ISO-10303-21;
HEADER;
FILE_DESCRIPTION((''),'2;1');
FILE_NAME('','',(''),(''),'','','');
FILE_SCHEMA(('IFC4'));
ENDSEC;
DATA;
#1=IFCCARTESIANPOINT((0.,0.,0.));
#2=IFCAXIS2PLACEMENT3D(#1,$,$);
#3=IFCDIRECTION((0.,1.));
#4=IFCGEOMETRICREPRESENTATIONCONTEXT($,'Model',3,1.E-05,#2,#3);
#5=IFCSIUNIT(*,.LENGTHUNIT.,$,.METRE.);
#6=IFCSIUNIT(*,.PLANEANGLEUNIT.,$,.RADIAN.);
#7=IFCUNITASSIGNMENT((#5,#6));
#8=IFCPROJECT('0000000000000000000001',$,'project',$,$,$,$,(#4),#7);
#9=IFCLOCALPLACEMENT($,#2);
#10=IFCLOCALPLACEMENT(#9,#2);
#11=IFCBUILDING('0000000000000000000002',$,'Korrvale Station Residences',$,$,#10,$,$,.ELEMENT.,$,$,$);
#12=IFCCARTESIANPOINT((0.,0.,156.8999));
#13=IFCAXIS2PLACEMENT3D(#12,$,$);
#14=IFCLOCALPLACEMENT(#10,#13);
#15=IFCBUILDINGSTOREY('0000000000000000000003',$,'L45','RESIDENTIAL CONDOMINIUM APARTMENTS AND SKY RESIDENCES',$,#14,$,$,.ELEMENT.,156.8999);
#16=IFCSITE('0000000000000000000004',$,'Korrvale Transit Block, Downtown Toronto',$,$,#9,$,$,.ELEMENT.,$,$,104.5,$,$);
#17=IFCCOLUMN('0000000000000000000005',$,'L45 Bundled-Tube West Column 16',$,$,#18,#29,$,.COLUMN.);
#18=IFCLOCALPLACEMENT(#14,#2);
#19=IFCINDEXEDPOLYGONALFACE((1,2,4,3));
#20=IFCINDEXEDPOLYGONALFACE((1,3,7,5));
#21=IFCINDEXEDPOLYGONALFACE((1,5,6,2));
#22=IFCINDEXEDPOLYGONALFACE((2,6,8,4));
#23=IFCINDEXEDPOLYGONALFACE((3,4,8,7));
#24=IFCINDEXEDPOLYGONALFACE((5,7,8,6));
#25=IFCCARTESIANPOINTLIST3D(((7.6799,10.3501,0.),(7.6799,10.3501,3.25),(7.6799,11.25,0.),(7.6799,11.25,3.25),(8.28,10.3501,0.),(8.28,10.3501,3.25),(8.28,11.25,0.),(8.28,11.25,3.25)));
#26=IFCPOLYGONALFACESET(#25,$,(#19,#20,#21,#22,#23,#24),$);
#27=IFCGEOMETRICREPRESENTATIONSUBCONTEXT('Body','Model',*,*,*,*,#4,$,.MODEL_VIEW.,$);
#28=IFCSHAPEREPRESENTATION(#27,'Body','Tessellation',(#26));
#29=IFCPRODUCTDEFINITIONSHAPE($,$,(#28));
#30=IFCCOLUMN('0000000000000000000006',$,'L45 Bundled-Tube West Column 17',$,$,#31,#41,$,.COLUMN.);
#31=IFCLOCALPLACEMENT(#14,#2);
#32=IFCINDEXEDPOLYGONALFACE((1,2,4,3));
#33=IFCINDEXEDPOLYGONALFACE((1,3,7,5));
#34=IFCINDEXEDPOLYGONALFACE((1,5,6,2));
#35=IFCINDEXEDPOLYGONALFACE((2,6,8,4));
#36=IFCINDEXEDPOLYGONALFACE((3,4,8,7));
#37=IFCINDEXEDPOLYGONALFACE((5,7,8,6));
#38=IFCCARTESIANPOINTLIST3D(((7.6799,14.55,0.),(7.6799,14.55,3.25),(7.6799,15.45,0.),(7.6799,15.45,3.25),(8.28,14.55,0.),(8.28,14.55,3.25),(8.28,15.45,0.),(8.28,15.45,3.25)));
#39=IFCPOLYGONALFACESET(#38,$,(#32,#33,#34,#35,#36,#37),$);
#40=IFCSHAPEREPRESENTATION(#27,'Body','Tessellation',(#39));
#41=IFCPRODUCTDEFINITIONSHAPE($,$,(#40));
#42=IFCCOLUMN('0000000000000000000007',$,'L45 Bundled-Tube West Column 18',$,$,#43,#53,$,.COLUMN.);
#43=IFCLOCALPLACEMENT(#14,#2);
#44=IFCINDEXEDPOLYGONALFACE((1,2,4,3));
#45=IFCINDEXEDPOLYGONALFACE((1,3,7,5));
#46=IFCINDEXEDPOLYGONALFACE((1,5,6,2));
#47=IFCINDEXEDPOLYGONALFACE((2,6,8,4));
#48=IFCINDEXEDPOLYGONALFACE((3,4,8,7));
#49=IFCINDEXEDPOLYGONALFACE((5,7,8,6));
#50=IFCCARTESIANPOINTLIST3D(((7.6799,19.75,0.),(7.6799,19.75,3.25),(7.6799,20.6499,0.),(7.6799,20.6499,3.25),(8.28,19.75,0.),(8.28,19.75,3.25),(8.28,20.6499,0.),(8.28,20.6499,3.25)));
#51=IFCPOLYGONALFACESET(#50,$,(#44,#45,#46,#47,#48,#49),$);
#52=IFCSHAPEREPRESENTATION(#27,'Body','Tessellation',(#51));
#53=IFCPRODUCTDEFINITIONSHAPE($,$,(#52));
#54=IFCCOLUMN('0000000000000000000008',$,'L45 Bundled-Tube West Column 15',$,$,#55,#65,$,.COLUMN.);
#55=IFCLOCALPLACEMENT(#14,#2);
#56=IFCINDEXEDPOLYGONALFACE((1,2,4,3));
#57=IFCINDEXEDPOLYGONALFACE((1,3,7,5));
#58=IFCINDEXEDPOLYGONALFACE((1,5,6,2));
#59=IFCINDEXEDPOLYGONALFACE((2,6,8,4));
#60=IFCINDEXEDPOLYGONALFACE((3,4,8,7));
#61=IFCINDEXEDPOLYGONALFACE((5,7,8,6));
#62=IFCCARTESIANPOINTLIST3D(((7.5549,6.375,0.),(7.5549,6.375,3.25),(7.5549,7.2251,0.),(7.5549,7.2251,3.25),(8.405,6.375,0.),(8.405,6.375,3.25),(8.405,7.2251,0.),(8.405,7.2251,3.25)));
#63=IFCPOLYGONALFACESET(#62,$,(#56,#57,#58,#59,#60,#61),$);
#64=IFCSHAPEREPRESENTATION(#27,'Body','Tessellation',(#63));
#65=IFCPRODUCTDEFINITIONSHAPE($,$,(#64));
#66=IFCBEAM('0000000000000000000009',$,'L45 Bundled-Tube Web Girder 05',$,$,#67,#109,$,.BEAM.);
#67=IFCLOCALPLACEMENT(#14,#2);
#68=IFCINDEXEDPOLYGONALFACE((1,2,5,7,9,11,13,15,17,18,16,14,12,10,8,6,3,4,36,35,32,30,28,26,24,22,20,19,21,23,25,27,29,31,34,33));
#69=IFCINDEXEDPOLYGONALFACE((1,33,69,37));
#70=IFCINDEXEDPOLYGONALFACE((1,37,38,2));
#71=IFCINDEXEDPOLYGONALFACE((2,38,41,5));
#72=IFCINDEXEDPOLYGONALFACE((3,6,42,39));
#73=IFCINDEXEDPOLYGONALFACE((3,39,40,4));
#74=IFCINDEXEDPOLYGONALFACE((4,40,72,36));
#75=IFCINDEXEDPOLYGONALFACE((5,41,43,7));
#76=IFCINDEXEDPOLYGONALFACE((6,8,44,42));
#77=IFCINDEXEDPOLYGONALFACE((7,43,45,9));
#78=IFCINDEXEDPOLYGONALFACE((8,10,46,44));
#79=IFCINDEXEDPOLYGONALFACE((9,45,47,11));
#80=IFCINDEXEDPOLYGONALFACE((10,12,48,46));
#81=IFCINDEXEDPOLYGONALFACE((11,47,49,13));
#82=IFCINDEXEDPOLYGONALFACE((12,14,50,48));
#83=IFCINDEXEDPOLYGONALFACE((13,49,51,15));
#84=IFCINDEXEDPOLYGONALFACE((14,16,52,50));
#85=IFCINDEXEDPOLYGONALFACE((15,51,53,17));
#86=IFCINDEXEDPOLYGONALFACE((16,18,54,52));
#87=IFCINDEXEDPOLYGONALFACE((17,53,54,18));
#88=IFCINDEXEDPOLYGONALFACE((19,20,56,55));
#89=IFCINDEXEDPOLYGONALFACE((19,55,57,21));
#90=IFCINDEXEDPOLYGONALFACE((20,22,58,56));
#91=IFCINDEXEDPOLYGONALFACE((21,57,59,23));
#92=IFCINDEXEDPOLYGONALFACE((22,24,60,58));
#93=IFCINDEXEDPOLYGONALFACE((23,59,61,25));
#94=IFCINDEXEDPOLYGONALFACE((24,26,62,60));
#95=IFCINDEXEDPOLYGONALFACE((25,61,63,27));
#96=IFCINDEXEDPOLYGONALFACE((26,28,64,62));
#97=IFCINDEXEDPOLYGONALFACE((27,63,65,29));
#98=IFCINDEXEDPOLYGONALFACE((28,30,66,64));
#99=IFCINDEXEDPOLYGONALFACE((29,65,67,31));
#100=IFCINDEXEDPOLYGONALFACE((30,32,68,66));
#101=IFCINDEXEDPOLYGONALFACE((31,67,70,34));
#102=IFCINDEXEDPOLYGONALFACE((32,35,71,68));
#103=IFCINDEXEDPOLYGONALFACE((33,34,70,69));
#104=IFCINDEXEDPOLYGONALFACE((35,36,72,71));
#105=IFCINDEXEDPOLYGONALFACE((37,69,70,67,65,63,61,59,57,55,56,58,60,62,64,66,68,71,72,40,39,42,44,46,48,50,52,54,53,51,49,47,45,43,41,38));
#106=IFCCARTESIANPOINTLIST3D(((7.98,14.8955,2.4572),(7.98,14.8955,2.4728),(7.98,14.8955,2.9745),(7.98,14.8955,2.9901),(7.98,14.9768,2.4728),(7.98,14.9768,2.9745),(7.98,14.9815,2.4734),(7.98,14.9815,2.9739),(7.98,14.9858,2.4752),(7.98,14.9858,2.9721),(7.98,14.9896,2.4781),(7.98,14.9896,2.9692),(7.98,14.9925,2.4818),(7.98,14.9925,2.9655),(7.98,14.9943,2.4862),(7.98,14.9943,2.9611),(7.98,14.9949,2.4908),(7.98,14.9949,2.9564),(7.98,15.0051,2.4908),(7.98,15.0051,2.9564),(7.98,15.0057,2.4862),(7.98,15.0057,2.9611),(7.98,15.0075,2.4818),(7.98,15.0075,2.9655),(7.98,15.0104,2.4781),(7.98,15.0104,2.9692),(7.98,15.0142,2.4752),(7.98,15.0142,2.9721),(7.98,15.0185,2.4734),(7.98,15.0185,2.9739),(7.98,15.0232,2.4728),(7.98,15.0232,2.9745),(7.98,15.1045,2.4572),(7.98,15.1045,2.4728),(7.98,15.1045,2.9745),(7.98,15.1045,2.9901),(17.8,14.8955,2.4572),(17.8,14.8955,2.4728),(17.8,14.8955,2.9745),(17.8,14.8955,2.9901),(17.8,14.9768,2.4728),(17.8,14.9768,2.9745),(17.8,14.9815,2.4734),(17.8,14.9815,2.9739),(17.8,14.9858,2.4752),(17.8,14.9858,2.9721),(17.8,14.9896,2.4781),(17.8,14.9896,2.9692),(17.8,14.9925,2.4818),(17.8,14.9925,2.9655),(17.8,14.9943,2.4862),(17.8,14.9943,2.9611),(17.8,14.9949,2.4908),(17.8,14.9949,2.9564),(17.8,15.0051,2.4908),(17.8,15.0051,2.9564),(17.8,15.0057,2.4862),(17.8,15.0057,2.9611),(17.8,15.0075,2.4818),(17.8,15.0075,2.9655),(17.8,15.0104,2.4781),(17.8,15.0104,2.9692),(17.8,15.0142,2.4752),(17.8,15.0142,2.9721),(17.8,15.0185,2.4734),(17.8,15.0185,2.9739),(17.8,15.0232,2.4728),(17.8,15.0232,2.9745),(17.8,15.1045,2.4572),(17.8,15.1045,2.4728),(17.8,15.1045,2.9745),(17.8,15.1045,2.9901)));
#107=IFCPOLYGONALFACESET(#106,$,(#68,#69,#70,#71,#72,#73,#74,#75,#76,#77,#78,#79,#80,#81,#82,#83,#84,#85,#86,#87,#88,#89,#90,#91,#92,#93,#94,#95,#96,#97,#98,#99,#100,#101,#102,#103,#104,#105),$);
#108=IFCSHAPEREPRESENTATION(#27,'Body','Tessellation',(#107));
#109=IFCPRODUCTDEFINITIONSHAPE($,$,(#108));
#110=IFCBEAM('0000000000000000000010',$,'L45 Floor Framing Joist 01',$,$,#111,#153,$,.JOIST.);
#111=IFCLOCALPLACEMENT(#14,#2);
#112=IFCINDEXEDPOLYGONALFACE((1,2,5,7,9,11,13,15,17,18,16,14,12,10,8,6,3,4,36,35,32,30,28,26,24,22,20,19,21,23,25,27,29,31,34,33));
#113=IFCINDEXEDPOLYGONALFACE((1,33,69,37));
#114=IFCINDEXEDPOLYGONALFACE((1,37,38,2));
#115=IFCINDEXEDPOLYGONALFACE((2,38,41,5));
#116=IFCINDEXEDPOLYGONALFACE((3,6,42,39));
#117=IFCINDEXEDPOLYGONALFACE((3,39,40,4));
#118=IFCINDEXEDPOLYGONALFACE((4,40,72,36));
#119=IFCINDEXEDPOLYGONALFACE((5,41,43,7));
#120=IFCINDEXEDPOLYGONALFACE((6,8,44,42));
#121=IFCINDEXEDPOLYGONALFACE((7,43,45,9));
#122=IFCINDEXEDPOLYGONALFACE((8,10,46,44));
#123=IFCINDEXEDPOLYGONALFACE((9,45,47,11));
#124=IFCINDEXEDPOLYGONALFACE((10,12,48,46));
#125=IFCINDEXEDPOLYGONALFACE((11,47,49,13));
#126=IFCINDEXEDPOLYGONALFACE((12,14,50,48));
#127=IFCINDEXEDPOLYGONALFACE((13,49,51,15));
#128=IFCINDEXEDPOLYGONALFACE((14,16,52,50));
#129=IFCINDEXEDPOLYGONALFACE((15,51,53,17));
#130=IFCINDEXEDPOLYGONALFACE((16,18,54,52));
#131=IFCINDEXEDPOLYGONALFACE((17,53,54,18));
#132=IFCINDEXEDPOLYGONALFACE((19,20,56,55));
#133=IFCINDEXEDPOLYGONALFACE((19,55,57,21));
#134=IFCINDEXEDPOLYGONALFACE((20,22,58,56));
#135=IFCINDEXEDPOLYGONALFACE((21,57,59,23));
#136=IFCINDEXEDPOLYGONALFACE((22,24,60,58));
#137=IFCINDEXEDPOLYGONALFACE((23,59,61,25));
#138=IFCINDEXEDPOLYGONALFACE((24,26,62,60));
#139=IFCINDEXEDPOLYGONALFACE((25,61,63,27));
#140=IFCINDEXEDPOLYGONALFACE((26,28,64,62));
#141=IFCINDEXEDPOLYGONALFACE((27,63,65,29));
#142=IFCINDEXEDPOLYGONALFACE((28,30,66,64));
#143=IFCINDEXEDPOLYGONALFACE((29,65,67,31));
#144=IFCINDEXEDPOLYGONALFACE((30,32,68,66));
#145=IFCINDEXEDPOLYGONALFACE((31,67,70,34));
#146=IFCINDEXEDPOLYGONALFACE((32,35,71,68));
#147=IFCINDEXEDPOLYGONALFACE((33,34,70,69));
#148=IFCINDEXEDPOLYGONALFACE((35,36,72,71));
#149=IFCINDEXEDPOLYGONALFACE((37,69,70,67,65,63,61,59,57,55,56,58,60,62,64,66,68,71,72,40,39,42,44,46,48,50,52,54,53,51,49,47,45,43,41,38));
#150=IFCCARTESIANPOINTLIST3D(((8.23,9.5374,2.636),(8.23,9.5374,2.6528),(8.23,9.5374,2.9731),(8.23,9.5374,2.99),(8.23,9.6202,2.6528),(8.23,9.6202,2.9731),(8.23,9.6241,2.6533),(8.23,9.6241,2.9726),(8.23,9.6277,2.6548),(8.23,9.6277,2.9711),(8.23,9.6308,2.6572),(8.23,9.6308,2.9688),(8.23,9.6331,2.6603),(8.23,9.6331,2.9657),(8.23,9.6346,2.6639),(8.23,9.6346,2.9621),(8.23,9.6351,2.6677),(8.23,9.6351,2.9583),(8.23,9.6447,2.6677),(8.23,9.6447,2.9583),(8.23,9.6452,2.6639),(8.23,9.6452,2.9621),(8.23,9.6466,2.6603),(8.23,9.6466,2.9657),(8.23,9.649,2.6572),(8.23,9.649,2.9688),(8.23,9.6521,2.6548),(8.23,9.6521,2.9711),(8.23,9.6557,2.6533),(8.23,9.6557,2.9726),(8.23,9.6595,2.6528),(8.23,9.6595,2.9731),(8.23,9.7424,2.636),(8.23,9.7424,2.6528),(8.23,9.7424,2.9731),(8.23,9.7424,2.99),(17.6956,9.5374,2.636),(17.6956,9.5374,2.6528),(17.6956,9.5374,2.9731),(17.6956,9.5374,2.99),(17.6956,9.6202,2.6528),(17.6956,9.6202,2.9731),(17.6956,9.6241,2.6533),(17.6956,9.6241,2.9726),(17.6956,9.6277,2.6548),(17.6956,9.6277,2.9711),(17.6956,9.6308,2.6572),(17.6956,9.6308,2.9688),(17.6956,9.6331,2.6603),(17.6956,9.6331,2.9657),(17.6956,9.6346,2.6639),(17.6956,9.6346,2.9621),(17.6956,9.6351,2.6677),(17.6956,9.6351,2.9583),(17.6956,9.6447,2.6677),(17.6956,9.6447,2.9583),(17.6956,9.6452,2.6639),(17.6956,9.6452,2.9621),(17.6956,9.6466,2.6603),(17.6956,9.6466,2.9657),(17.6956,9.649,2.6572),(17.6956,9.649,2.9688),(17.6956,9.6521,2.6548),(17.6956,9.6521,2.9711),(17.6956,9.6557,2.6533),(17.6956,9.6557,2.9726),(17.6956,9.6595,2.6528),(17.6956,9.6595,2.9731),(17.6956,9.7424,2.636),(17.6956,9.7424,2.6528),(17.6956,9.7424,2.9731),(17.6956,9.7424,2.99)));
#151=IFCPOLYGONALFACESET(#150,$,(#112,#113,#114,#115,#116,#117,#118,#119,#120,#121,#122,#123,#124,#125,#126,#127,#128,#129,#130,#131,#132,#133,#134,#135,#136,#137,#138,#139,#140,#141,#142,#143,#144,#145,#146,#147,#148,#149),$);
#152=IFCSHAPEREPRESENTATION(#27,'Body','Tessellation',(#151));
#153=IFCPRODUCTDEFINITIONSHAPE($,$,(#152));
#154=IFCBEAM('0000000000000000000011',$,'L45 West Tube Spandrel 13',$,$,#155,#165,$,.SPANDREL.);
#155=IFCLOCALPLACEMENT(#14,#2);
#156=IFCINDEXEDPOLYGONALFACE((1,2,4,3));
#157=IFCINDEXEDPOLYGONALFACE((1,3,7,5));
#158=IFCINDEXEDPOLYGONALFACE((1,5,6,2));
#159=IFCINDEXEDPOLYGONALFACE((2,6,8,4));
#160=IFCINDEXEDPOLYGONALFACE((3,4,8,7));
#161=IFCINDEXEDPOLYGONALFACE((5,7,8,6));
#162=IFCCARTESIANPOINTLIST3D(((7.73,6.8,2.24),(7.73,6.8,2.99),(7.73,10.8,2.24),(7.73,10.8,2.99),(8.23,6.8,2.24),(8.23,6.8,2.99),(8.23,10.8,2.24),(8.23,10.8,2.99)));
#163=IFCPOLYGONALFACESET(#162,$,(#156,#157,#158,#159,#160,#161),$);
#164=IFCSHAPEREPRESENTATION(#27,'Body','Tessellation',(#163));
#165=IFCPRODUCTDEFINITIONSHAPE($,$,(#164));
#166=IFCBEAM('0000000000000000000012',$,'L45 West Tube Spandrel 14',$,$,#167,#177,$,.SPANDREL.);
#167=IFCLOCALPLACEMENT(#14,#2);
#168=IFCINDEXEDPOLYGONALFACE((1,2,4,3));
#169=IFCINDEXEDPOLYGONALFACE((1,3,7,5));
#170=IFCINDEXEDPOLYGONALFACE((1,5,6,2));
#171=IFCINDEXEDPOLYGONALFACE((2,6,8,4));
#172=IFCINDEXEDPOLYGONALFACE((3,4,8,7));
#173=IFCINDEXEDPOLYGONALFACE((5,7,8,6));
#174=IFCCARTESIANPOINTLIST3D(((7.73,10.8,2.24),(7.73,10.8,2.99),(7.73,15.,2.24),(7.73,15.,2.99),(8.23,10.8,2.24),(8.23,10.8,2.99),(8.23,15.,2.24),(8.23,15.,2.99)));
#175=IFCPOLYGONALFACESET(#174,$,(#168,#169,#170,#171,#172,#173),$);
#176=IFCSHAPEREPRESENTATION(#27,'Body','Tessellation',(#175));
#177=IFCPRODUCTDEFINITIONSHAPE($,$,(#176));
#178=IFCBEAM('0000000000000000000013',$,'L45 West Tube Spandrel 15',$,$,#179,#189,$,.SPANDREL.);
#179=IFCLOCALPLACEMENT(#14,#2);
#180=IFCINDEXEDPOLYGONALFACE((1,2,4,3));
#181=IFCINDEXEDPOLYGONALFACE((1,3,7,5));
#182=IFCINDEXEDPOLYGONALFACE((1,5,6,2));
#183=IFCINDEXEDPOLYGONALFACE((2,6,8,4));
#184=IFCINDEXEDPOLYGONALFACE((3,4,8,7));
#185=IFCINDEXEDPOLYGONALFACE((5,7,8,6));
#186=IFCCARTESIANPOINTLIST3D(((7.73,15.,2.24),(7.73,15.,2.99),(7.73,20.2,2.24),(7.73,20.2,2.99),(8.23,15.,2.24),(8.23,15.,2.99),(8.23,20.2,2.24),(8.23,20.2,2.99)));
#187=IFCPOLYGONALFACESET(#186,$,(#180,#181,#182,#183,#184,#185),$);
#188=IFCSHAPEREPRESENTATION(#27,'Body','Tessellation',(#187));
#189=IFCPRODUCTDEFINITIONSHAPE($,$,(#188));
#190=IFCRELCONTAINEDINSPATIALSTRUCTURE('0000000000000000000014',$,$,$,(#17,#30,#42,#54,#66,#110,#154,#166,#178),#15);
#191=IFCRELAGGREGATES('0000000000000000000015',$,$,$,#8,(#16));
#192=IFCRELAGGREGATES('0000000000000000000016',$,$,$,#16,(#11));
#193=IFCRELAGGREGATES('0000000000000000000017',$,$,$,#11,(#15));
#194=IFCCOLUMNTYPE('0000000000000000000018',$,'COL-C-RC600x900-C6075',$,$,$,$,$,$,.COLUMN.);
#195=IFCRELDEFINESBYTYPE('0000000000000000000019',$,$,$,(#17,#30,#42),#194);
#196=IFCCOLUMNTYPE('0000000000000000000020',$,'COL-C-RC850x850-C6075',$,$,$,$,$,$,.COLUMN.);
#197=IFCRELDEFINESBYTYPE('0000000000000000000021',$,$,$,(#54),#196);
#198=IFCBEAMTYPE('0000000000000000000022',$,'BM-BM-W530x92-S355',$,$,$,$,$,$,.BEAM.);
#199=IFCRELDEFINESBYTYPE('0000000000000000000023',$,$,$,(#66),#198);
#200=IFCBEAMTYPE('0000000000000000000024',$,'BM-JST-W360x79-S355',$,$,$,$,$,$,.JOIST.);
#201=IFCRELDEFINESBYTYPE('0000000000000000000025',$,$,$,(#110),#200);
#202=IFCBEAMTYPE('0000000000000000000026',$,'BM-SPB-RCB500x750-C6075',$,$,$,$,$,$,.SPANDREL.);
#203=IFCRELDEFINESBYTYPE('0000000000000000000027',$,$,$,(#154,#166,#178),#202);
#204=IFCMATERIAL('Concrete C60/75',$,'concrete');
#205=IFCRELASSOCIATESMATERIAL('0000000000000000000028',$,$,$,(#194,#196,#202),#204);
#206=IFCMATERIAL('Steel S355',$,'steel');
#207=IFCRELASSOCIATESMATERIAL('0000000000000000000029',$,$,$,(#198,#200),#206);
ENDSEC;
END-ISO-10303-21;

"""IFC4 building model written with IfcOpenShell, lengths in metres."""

from ifc_helpers import new_model, si_unit, direction, frame, origin, origin_2d, place, context, subcontext, project, spatial, rectangle, i_section, extrude, material, material_profile, profile_set, type_object, element, save


model = new_model("IFC4")

# Units and contexts
model_context = context("Model", 3, precision=1e-05, world=origin(), true_north=direction((0.0, 1.0)))
body_context = subcontext(model_context, "Body", "Model", "MODEL_VIEW")
ifc_project = project(units=[si_unit("LENGTHUNIT", "METRE"), si_unit("PLANEANGLEUNIT", "RADIAN")], contexts=[model_context])

# Site, building, storey
site_placement = place(None, origin())
site = spatial("IfcSite", under=ifc_project, at=site_placement, Name="Korrvale Transit Block, Downtown Toronto", CompositionType="ELEMENT", RefElevation=104.5)
building_placement = place(site_placement, origin())
building = spatial("IfcBuilding", under=site, at=building_placement, Name="Korrvale Station Residences", CompositionType="ELEMENT")
storey_placement = place(building_placement, frame((0.0, 0.0, 156.8999)))
storey = spatial("IfcBuildingStorey", under=building, at=storey_placement, Name="L45", Description="RESIDENTIAL CONDOMINIUM APARTMENTS AND SKY RESIDENCES", CompositionType="ELEMENT", Elevation=156.8999)

# Columns
ifc_material_1 = material(Name="Concrete C60/75", Category="concrete")
ifc_material_profile_1 = material_profile(ifc_material_1, rectangle(XDim=0.6001, YDim=0.8999, at=origin_2d()), Name="RC600x900")
ifc_profile_set_1 = profile_set([ifc_material_profile_1], Name="Concrete C60/75")
column_type_1 = type_object("IfcColumnType", Name="COL-C-RC600x900-C6075", PredefinedType="COLUMN", material=ifc_profile_set_1)
for number, where, z_axis, x_axis, name in (
    (1, (7.98, 10.8, 0.0), (0.0, 0.0, 1.0), (1.0, 0.0, 0.0), "L45 Bundled-Tube West Column 16"),
    (2, (7.98, 15.0, 0.0), (0.0, 0.0, 1.0), (1.0, 0.0, 0.0), "L45 Bundled-Tube West Column 17"),
    (3, (7.98, 20.2, 0.0), (0.0, 0.0, 1.0), (1.0, 0.0, 0.0), "L45 Bundled-Tube West Column 18"),
):
    element("IfcColumn", number, at=place(storey_placement, frame(where, z_axis=z_axis, x_axis=x_axis)), inside=storey, type_object=column_type_1, Name=name, PredefinedType="COLUMN", context=body_context, shape_type="SweptSolid", body=[
        extrude(rectangle(XDim=0.6001, YDim=0.8999, at=origin_2d()), origin(), (0.0, 0.0, 1.0), 3.25),
    ])
ifc_material_profile_2 = material_profile(ifc_material_1, rectangle(XDim=0.8501, YDim=0.8501, at=origin_2d()), Name="RC850x850")
ifc_profile_set_2 = profile_set([ifc_material_profile_2], Name="Concrete C60/75")
column_type_2 = type_object("IfcColumnType", Name="COL-C-RC850x850-C6075", PredefinedType="COLUMN", material=ifc_profile_set_2)
column_placement = place(storey_placement, frame((7.98, 6.8, 0.0), z_axis=(0.0, 0.0, 1.0), x_axis=(1.0, 0.0, 0.0)))
element("IfcColumn", 4, at=column_placement, inside=storey, type_object=column_type_2, Name="L45 Bundled-Tube West Column 15", PredefinedType="COLUMN", context=body_context, shape_type="SweptSolid", body=[
    extrude(rectangle(XDim=0.8501, YDim=0.8501, at=origin_2d()), origin(), (0.0, 0.0, 1.0), 3.25),
])

# Beams
ifc_material_2 = material(Name="Steel S355", Category="steel")
ifc_material_profile_3 = material_profile(ifc_material_2, i_section(OverallWidth=0.209, OverallDepth=0.533, WebThickness=0.0103, FlangeThickness=0.0156, FilletRadius=0.0181, at=origin_2d()), Name="W530x92")
ifc_profile_set_3 = profile_set([ifc_material_profile_3], Name="Steel S355")
beam_type_1 = type_object("IfcBeamType", Name="BM-BM-W530x92-S355", PredefinedType="BEAM", material=ifc_profile_set_3)
beam_1_placement = place(storey_placement, frame((7.98, 15.0, 2.7236), z_axis=(1.0, 0.0, 0.0), x_axis=(0.0, 1.0, 0.0)))
element("IfcBeam", 5, at=beam_1_placement, inside=storey, type_object=beam_type_1, Name="L45 Bundled-Tube Web Girder 05", PredefinedType="BEAM", context=body_context, shape_type="SweptSolid", body=[
    extrude(i_section(OverallWidth=0.209, OverallDepth=0.533, WebThickness=0.0103, FlangeThickness=0.0156, FilletRadius=0.0181, at=origin_2d()), origin(), (0.0, 0.0, 1.0), 9.8201),
])
ifc_material_profile_4 = material_profile(ifc_material_2, i_section(OverallWidth=0.2051, OverallDepth=0.354, WebThickness=0.0095, FlangeThickness=0.0168, FilletRadius=0.0149, at=origin_2d()), Name="W360x79")
ifc_profile_set_4 = profile_set([ifc_material_profile_4], Name="Steel S355")
beam_type_2 = type_object("IfcBeamType", Name="BM-JST-W360x79-S355", PredefinedType="JOIST", material=ifc_profile_set_4)
beam_2_placement = place(storey_placement, frame((8.23, 9.6399, 2.813), z_axis=(1.0, 0.0, 0.0), x_axis=(0.0, 1.0, 0.0)))
element("IfcBeam", 6, at=beam_2_placement, inside=storey, type_object=beam_type_2, Name="L45 Floor Framing Joist 01", PredefinedType="JOIST", context=body_context, shape_type="SweptSolid", body=[
    extrude(i_section(OverallWidth=0.2051, OverallDepth=0.354, WebThickness=0.0095, FlangeThickness=0.0168, FilletRadius=0.0149, at=origin_2d()), origin(), (0.0, 0.0, 1.0), 9.4656),
])
ifc_material_profile_5 = material_profile(ifc_material_1, rectangle(XDim=0.5, YDim=0.75, at=origin_2d()), Name="RCB500x750")
ifc_profile_set_5 = profile_set([ifc_material_profile_5], Name="Concrete C60/75")
beam_type_3 = type_object("IfcBeamType", Name="BM-SPB-RCB500x750-C6075", PredefinedType="SPANDREL", material=ifc_profile_set_5)
beam_3_placement = place(storey_placement, frame((7.98, 6.8, 2.615), z_axis=(0.0, 1.0, 0.0), x_axis=(-1.0, 0.0, 0.0)))
element("IfcBeam", 7, at=beam_3_placement, inside=storey, type_object=beam_type_3, Name="L45 West Tube Spandrel 13", PredefinedType="SPANDREL", context=body_context, shape_type="SweptSolid", body=[
    extrude(rectangle(XDim=0.5, YDim=0.75, at=origin_2d()), origin(), (0.0, 0.0, 1.0), 4.0),
])
beam_4_placement = place(storey_placement, frame((7.98, 10.8, 2.615), z_axis=(0.0, 1.0, 0.0), x_axis=(-1.0, 0.0, 0.0)))
element("IfcBeam", 8, at=beam_4_placement, inside=storey, type_object=beam_type_3, Name="L45 West Tube Spandrel 14", PredefinedType="SPANDREL", context=body_context, shape_type="SweptSolid", body=[
    extrude(rectangle(XDim=0.5, YDim=0.75, at=origin_2d()), origin(), (0.0, 0.0, 1.0), 4.2),
])
beam_5_placement = place(storey_placement, frame((7.98, 15.0, 2.615), z_axis=(0.0, 1.0, 0.0), x_axis=(-1.0, 0.0, 0.0)))
element("IfcBeam", 9, at=beam_5_placement, inside=storey, type_object=beam_type_3, Name="L45 West Tube Spandrel 15", PredefinedType="SPANDREL", context=body_context, shape_type="SweptSolid", body=[
    extrude(rectangle(XDim=0.5, YDim=0.75, at=origin_2d()), origin(), (0.0, 0.0, 1.0), 5.2),
])

save(model, "model.ifc")
